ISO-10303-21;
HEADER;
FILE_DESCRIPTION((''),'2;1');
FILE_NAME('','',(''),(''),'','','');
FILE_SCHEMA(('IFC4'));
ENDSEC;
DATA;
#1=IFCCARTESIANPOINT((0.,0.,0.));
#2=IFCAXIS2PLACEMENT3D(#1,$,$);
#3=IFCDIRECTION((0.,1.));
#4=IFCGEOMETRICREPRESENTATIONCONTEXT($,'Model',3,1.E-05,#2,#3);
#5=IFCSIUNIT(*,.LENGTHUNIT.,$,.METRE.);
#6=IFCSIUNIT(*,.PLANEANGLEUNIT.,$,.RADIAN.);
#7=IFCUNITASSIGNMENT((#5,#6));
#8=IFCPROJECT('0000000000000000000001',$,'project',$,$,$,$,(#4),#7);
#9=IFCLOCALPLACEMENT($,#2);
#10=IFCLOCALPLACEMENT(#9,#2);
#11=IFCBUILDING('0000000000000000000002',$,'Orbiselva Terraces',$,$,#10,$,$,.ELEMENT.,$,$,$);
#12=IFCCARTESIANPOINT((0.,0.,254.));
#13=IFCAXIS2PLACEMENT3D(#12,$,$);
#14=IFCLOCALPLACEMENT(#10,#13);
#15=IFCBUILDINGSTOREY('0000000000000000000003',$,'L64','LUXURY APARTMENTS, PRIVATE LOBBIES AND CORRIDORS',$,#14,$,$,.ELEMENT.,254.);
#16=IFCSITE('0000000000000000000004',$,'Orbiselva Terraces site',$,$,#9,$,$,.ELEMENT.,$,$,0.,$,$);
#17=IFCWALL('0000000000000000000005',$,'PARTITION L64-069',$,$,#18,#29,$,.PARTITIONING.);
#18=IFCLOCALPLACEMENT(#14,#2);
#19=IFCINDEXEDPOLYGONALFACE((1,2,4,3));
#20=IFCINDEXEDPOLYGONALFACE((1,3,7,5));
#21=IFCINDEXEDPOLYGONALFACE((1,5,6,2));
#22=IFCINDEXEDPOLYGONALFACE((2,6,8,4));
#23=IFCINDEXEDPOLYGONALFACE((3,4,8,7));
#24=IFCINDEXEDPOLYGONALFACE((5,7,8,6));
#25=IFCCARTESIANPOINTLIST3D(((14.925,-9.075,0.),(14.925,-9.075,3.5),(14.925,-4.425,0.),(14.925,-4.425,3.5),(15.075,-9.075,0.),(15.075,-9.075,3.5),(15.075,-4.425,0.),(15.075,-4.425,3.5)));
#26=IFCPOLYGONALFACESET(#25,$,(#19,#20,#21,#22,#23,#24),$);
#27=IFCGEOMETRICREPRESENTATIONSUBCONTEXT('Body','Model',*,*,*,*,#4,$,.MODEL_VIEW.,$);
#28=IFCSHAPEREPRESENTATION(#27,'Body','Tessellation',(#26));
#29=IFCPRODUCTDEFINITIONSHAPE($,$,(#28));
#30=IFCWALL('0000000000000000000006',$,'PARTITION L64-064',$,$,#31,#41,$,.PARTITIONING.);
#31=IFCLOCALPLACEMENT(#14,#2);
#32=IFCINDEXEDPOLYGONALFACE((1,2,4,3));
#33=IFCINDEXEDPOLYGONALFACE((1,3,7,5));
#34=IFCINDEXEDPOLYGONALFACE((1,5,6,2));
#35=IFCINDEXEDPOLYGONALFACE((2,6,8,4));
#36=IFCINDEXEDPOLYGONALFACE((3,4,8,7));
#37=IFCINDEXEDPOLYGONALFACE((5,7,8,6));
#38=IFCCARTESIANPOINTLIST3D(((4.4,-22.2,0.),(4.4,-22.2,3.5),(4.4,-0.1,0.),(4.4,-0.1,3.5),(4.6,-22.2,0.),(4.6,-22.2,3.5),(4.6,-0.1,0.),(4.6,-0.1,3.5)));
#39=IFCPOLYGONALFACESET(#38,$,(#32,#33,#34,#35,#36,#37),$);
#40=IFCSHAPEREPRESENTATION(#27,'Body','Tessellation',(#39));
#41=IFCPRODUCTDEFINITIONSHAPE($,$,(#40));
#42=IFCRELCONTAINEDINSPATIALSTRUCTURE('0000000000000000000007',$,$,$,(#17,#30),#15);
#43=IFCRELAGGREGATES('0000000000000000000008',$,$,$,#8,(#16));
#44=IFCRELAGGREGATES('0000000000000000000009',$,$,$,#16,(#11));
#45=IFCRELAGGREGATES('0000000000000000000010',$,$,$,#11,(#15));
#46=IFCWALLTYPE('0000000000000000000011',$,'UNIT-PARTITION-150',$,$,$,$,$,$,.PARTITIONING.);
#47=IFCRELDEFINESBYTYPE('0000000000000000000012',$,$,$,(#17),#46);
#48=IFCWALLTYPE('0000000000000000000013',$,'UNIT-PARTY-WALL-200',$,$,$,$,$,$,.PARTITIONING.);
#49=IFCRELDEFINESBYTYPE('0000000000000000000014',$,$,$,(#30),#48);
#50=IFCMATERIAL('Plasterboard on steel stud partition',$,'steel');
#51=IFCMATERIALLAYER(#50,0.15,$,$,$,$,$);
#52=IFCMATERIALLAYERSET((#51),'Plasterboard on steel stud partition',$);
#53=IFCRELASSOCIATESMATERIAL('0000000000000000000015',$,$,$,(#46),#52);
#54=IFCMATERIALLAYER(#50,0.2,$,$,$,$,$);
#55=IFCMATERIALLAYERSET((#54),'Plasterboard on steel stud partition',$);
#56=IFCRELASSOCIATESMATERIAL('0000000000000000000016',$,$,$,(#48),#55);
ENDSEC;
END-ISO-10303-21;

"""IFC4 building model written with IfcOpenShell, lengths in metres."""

from ifc_helpers import new_model, si_unit, direction, frame, frame_2d, origin, place, context, subcontext, project, spatial, rectangle, extrude, material, layer, layer_set, type_object, element, save


model = new_model("IFC4")

# Units and contexts
model_context = context("Model", 3, precision=1e-05, world=origin(), true_north=direction((0.0, 1.0)))
body_context = subcontext(model_context, "Body", "Model", "MODEL_VIEW")
ifc_project = project(units=[si_unit("LENGTHUNIT", "METRE"), si_unit("PLANEANGLEUNIT", "RADIAN")], contexts=[model_context])

# Site, building, storey
site_placement = place(None, origin())
site = spatial("IfcSite", under=ifc_project, at=site_placement, Name="Orbiselva Terraces site", CompositionType="ELEMENT", RefElevation=0.0)
building_placement = place(site_placement, origin())
building = spatial("IfcBuilding", under=site, at=building_placement, Name="Orbiselva Terraces", CompositionType="ELEMENT")
storey_placement = place(building_placement, frame((0.0, 0.0, 254.0)))
storey = spatial("IfcBuildingStorey", under=building, at=storey_placement, Name="L64", Description="LUXURY APARTMENTS, PRIVATE LOBBIES AND CORRIDORS", CompositionType="ELEMENT", Elevation=254.0)

# Shared definitions
ifc_material_1 = material(Name="Plasterboard on steel stud partition", Category="steel")
ifc_layer_1 = layer(ifc_material_1, 0.15)
ifc_layer_set_1 = layer_set([ifc_layer_1], Name="Plasterboard on steel stud partition")
wall_type_1 = type_object("IfcWallType", Name="UNIT-PARTITION-150", PredefinedType="PARTITIONING", material=ifc_layer_set_1)

# Walls
wall_1_placement = place(storey_placement, frame((15.0, -9.075, 0.0), z_axis=(0.0, 0.0, 1.0), x_axis=(0.0, 1.0, 0.0)))
element("IfcWall", 1, at=wall_1_placement, inside=storey, type_object=wall_type_1, Name="PARTITION L64-069", PredefinedType="PARTITIONING", context=body_context, shape_type="SweptSolid", body=[
    extrude(rectangle(XDim=4.65, YDim=0.15, at=frame_2d((2.325, 0.0))), origin(), (0.0, 0.0, 1.0), 3.5),
])
ifc_layer_2 = layer(ifc_material_1, 0.2)
ifc_layer_set_2 = layer_set([ifc_layer_2], Name="Plasterboard on steel stud partition")
wall_type_2 = type_object("IfcWallType", Name="UNIT-PARTY-WALL-200", PredefinedType="PARTITIONING", material=ifc_layer_set_2)
wall_2_placement = place(storey_placement, frame((4.5, -22.2, 0.0), z_axis=(0.0, 0.0, 1.0), x_axis=(0.0, 1.0, 0.0)))
element("IfcWall", 2, at=wall_2_placement, inside=storey, type_object=wall_type_2, Name="PARTITION L64-064", PredefinedType="PARTITIONING", context=body_context, shape_type="SweptSolid", body=[
    extrude(rectangle(XDim=22.1, YDim=0.2, at=frame_2d((11.05, 0.0))), origin(), (0.0, 0.0, 1.0), 3.5),
])

save(model, "model.ifc")
